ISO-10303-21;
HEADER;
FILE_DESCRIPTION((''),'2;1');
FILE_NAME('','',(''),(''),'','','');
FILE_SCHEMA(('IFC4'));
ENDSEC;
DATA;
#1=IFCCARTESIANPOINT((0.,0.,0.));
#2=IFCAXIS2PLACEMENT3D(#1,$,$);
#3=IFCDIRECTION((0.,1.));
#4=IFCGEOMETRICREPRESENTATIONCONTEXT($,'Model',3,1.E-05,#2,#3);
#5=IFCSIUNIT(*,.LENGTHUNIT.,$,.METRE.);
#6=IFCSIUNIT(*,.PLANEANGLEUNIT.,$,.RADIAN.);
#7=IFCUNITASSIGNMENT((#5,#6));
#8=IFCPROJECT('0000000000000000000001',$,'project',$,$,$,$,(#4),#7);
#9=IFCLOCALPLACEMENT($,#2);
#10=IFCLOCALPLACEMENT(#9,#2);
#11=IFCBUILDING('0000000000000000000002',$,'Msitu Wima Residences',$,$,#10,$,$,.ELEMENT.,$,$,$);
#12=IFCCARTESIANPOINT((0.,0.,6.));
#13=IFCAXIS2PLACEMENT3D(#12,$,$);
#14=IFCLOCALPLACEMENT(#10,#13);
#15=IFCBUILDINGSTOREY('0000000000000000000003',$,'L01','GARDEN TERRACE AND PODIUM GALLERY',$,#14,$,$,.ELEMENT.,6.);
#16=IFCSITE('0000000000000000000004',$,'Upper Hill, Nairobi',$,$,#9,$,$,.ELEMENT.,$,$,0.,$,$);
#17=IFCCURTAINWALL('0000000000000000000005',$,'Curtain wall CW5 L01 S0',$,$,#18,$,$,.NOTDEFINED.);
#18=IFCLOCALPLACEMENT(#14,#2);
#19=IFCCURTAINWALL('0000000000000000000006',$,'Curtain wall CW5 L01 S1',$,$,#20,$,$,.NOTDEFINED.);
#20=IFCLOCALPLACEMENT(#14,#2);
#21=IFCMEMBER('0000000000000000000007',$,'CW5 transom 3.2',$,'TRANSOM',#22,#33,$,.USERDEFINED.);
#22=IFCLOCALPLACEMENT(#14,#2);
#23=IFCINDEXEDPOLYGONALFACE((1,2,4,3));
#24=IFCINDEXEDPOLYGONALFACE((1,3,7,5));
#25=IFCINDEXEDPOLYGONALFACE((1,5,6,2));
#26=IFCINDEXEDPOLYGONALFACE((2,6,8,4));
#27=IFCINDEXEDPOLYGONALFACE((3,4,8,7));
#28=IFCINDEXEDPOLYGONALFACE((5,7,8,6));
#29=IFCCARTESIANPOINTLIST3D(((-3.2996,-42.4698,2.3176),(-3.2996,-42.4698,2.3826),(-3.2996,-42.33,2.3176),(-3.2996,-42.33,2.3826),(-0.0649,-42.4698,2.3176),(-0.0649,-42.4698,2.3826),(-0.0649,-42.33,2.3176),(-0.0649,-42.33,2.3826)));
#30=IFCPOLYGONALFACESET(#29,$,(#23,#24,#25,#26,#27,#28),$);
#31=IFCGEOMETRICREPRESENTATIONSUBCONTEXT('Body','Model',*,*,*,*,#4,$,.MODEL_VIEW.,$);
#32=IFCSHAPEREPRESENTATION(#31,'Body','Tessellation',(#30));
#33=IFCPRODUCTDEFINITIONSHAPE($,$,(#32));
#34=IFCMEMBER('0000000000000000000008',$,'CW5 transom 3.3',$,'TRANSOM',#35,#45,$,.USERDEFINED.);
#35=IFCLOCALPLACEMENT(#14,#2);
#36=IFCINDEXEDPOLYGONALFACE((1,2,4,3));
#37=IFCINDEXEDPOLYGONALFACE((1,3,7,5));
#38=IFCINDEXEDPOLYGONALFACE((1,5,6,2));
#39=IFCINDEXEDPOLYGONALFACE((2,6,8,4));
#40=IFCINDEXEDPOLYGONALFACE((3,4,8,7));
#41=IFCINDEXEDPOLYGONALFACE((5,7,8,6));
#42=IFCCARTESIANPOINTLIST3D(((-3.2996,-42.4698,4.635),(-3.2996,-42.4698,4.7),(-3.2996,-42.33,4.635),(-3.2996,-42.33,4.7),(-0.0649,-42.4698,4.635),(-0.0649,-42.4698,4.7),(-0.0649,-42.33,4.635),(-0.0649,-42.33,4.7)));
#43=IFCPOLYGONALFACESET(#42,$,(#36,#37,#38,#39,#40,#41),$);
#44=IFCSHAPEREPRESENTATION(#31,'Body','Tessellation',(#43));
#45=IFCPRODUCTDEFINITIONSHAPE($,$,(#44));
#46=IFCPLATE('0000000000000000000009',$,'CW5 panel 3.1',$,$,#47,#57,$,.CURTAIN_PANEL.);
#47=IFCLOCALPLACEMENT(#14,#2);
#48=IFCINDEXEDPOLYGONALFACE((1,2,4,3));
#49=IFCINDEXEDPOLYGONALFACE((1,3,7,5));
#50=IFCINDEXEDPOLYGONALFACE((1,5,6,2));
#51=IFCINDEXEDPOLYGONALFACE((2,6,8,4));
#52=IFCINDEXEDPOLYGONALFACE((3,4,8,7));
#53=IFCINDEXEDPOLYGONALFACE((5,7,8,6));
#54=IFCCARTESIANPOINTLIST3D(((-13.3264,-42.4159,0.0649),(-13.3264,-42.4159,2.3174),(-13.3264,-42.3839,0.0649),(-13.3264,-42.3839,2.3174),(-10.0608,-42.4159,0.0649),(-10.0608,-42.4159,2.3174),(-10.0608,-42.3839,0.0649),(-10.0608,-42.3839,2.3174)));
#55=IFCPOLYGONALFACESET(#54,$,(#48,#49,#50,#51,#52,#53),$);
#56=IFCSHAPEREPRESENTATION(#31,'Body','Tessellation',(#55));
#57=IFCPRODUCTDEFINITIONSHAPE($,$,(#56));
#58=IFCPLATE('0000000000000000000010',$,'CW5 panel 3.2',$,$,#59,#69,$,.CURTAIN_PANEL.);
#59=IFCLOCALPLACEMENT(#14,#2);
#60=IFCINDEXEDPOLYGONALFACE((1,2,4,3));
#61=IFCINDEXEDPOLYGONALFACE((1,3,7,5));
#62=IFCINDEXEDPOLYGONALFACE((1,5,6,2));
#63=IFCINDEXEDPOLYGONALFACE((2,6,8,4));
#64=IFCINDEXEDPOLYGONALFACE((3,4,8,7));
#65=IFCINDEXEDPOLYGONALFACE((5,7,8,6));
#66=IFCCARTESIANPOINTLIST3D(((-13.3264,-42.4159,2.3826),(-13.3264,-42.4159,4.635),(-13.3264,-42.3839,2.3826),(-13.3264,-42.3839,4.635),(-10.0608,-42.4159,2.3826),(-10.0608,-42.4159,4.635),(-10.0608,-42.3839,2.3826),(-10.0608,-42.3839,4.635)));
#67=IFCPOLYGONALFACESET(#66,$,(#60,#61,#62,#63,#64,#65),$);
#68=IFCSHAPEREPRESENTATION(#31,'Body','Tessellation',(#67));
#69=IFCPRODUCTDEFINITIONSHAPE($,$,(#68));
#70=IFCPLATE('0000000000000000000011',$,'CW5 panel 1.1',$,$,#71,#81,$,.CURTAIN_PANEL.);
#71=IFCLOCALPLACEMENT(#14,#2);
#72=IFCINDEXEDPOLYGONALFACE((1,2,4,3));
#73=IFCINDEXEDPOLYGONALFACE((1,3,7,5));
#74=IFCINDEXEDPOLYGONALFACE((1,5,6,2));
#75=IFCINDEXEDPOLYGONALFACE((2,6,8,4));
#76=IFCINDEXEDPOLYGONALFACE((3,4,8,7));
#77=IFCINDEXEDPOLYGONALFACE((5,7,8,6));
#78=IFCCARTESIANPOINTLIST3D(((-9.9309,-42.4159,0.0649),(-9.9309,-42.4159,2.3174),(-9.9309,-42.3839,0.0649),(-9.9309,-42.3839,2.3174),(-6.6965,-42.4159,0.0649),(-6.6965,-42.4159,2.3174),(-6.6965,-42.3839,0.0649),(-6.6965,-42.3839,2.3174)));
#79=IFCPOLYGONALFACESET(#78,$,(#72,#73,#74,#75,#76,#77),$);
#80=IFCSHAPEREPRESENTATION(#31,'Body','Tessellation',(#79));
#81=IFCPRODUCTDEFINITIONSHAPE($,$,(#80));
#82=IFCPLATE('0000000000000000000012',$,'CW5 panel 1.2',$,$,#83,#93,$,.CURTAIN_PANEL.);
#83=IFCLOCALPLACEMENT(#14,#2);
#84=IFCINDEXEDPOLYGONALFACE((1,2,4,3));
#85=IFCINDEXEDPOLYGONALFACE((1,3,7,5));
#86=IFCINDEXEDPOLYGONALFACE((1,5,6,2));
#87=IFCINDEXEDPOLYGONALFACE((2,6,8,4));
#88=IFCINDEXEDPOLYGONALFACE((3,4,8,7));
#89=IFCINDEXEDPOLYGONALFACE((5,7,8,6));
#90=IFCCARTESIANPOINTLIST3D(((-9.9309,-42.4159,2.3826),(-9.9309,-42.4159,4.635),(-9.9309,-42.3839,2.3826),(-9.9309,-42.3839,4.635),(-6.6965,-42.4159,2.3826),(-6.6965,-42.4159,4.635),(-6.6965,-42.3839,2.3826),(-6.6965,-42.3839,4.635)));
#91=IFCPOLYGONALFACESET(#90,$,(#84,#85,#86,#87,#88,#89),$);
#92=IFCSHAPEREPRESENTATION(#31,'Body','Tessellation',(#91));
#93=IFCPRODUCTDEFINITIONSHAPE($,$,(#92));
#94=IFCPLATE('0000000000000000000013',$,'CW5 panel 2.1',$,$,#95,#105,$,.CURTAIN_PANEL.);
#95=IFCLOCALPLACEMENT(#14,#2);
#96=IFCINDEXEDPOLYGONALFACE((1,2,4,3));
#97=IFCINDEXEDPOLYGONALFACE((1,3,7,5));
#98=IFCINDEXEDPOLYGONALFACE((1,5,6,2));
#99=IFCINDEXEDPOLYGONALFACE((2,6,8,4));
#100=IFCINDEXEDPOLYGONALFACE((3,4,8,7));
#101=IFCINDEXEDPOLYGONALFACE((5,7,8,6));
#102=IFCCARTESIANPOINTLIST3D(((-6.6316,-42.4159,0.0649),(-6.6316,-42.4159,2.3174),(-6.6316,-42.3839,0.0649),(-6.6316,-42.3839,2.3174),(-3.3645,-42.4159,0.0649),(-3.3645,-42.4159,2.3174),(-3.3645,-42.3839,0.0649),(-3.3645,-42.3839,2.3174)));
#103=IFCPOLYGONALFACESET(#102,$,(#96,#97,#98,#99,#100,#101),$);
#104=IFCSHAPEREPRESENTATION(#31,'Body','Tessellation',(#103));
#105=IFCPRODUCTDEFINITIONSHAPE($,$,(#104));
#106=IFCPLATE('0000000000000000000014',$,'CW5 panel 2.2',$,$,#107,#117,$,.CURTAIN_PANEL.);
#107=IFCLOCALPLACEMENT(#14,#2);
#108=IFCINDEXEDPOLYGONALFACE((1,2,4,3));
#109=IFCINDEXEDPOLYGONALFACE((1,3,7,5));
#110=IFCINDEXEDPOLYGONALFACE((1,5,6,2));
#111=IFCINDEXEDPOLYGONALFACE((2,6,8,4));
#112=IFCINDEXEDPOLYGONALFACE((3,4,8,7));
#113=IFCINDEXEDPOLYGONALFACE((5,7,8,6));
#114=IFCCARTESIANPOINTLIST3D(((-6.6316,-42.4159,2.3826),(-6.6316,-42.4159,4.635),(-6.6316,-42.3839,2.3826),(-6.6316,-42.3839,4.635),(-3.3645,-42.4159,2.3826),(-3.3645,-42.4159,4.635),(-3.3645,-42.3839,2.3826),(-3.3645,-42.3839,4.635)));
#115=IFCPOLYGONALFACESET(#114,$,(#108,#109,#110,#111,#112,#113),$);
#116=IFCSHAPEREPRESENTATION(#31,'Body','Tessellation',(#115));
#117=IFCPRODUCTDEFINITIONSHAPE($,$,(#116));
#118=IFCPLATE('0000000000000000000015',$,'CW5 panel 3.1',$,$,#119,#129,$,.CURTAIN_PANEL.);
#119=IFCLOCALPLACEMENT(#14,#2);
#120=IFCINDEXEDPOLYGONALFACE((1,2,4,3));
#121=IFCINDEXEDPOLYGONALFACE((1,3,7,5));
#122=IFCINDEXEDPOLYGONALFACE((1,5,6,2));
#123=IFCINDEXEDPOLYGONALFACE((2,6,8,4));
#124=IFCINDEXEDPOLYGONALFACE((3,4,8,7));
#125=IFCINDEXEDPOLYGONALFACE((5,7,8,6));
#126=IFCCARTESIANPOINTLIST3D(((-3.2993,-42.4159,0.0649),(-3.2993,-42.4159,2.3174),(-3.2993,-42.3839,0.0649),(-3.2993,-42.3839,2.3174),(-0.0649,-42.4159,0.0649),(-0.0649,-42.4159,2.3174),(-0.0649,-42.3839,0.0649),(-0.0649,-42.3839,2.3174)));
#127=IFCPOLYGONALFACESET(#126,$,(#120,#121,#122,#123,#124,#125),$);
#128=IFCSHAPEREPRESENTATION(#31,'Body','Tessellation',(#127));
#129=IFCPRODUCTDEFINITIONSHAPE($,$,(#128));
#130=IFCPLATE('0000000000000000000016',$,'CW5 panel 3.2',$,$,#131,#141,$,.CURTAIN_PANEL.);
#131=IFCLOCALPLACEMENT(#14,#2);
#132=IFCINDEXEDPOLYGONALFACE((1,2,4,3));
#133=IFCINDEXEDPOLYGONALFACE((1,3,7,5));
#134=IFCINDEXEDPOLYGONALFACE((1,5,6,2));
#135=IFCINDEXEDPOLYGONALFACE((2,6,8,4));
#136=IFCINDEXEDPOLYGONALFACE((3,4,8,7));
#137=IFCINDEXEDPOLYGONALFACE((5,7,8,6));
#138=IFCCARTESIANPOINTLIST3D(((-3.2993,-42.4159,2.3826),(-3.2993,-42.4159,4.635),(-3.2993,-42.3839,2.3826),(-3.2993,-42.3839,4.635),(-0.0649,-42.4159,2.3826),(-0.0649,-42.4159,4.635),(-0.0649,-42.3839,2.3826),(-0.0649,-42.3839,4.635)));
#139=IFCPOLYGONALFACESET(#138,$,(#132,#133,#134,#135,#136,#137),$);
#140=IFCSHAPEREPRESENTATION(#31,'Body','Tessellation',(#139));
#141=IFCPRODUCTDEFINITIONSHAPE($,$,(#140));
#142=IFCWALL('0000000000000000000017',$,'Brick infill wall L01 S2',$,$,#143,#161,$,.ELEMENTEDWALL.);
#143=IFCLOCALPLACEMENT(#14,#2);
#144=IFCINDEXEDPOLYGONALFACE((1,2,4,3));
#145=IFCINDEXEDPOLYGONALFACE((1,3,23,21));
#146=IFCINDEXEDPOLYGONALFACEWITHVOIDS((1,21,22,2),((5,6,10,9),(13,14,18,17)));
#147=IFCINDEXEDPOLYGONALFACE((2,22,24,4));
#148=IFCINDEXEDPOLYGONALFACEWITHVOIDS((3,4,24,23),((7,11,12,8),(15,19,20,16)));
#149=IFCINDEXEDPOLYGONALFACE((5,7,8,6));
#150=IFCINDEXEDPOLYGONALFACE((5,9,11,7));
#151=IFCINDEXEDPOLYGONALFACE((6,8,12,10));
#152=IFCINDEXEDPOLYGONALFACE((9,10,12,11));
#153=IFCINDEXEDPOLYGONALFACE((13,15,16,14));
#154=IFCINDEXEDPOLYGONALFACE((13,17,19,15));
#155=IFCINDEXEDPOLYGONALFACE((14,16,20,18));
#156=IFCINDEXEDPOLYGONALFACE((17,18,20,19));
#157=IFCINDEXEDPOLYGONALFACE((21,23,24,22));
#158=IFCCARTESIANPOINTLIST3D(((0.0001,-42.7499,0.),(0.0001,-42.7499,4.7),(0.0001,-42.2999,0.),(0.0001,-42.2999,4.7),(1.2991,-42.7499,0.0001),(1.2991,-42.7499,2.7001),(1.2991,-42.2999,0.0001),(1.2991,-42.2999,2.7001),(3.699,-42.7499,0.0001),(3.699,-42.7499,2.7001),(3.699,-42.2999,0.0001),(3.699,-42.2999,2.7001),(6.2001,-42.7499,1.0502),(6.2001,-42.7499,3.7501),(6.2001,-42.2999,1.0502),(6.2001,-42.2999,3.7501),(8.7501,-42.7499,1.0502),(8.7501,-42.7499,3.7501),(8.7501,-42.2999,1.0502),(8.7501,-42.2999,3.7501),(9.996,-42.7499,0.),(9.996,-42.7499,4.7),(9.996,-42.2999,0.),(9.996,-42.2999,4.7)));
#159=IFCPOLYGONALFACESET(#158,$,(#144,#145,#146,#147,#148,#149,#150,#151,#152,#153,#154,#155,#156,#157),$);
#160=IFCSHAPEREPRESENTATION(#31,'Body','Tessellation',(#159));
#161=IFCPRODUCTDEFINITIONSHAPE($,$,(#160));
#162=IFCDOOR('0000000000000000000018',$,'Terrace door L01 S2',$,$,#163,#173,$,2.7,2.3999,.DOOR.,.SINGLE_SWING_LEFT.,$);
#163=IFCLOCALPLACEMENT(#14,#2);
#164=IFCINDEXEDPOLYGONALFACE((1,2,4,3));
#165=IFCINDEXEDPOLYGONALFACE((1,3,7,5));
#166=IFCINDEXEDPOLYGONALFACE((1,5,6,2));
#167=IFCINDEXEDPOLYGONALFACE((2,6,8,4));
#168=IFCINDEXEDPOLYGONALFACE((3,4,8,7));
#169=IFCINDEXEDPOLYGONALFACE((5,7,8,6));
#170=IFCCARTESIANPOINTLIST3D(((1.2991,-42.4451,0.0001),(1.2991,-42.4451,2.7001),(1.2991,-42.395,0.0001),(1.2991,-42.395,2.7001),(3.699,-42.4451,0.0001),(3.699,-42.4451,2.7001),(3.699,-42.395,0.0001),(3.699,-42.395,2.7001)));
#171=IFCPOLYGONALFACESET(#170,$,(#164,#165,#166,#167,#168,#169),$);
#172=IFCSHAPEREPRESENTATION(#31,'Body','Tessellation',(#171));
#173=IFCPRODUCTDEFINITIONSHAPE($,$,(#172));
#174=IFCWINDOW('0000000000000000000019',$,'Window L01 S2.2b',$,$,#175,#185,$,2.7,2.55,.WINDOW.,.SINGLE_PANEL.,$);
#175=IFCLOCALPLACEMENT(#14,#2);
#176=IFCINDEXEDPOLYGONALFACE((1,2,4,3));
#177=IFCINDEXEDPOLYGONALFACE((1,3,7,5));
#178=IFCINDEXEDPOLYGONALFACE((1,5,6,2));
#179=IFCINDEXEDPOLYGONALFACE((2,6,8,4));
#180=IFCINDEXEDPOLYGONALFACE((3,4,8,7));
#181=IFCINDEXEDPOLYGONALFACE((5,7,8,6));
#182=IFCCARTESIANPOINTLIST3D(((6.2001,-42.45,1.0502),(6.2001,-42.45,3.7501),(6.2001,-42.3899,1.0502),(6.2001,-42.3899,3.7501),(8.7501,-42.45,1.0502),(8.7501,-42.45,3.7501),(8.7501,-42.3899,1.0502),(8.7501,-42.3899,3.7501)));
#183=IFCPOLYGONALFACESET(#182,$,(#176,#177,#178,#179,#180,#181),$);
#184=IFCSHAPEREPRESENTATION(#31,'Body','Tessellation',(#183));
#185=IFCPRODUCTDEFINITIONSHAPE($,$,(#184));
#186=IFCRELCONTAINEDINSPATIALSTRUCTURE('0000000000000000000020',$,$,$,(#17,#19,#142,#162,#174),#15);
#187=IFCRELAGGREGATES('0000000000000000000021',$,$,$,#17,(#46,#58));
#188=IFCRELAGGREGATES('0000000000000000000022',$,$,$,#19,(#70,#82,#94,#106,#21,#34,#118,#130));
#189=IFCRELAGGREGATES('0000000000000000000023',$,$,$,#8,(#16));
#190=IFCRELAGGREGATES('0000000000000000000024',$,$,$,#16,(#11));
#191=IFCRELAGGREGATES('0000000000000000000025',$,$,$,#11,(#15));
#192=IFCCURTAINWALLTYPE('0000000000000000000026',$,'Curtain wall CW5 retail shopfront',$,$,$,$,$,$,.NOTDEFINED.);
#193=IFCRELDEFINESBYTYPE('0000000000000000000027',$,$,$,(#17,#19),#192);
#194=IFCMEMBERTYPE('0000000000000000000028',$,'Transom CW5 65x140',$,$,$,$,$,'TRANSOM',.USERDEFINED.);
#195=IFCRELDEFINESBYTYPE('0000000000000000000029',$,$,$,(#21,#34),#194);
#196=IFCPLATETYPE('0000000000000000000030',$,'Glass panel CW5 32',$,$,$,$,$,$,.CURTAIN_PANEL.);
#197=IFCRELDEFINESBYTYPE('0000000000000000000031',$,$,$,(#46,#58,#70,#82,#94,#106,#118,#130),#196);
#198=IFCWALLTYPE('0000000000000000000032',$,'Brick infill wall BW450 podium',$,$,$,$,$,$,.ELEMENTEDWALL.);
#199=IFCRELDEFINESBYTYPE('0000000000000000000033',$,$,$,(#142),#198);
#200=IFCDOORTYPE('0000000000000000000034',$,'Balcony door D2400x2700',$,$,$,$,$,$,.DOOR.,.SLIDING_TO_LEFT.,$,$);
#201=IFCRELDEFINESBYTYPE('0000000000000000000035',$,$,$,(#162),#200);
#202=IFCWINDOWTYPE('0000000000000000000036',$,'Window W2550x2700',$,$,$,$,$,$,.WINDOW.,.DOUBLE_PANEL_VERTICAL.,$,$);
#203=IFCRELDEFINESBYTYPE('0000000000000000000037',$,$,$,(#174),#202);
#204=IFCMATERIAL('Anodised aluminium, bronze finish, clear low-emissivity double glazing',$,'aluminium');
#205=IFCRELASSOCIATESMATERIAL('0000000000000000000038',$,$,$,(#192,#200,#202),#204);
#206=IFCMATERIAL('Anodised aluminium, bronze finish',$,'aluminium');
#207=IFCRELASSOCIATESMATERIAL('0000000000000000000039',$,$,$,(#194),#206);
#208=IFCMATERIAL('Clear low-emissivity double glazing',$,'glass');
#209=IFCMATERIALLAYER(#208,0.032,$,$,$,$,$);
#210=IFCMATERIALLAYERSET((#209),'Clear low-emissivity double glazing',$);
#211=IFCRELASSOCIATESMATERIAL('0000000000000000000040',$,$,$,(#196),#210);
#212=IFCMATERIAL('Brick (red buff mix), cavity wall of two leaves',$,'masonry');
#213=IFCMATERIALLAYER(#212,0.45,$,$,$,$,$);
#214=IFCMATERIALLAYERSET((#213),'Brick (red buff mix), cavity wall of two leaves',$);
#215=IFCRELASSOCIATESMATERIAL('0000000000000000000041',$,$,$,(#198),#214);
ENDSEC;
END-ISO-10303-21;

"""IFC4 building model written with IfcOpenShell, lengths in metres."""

from ifc_helpers import new_model, si_unit, direction, frame, frame_2d, origin, origin_2d, place, context, subcontext, project, spatial, rectangle, extrude, material, layer, layer_set, material_profile, profile_set, type_object, element, fill, aggregate, save


model = new_model("IFC4")

# Units and contexts
model_context = context("Model", 3, precision=1e-05, world=origin(), true_north=direction((0.0, 1.0)))
body_context = subcontext(model_context, "Body", "Model", "MODEL_VIEW")
ifc_project = project(units=[si_unit("LENGTHUNIT", "METRE"), si_unit("PLANEANGLEUNIT", "RADIAN")], contexts=[model_context])

# Site, building, storey
site_placement = place(None, origin())
site = spatial("IfcSite", under=ifc_project, at=site_placement, Name="Upper Hill, Nairobi", CompositionType="ELEMENT", RefElevation=0.0)
building_placement = place(site_placement, origin())
building = spatial("IfcBuilding", under=site, at=building_placement, Name="Msitu Wima Residences", CompositionType="ELEMENT")
storey_placement = place(building_placement, frame((0.0, 0.0, 6.0)))
storey = spatial("IfcBuildingStorey", under=building, at=storey_placement, Name="L01", Description="GARDEN TERRACE AND PODIUM GALLERY", CompositionType="ELEMENT", Elevation=6.0)

# Curtain wall
ifc_material_1 = material(Name="Anodised aluminium, bronze finish, clear low-emissivity double glazing", Category="aluminium")
curtain_wall_type = type_object("IfcCurtainWallType", Name="Curtain wall CW5 retail shopfront", PredefinedType="NOTDEFINED", material=ifc_material_1)
curtain_wall_1_placement = place(storey_placement, origin())
curtain_wall_1 = element("IfcCurtainWall", 1, at=curtain_wall_1_placement, inside=storey, type_object=curtain_wall_type, Name="Curtain wall CW5 L01 S0", PredefinedType="NOTDEFINED")
ifc_material_2 = material(Name="Anodised aluminium, bronze finish", Category="aluminium")

# Curtain wall
curtain_wall_2_placement = place(storey_placement, origin())
curtain_wall_2 = element("IfcCurtainWall", 2, at=curtain_wall_2_placement, inside=storey, type_object=curtain_wall_type, Name="Curtain wall CW5 L01 S1", PredefinedType="NOTDEFINED")

# Members
ifc_material_profile_1 = material_profile(ifc_material_2, rectangle(XDim=0.1399, YDim=0.0649, at=origin_2d()), Name="Transom 65x140")
ifc_profile_set_1 = profile_set([ifc_material_profile_1], Name="Anodised aluminium, bronze finish")
member_type_1 = type_object("IfcMemberType", Name="Transom CW5 65x140", ElementType="TRANSOM", PredefinedType="USERDEFINED", material=ifc_profile_set_1)
member_1_placement = place(storey_placement, frame((-3.2996, -42.3999, 2.3501), z_axis=(1.0, 0.0, 0.0), x_axis=(0.0, 1.0, 0.0)))
member_1 = element("IfcMember", 3, at=member_1_placement, type_object=member_type_1, Name="CW5 transom 3.2", ObjectType="TRANSOM", PredefinedType="USERDEFINED", context=body_context, shape_type="SweptSolid", body=[
    extrude(rectangle(XDim=0.1399, YDim=0.0649, at=origin_2d()), origin(), (0.0, 0.0, 1.0), 3.2346),
])
member_2_placement = place(storey_placement, frame((-3.2996, -42.3999, 4.6675), z_axis=(1.0, 0.0, 0.0), x_axis=(0.0, 1.0, 0.0)))
member_2 = element("IfcMember", 4, at=member_2_placement, type_object=member_type_1, Name="CW5 transom 3.3", ObjectType="TRANSOM", PredefinedType="USERDEFINED", context=body_context, shape_type="SweptSolid", body=[
    extrude(rectangle(XDim=0.1399, YDim=0.0649, at=origin_2d()), origin(), (0.0, 0.0, 1.0), 3.2346),
])

# Plates
ifc_material_3 = material(Name="Clear low-emissivity double glazing", Category="glass")
ifc_layer_1 = layer(ifc_material_3, 0.032)
ifc_layer_set_1 = layer_set([ifc_layer_1], Name="Clear low-emissivity double glazing")
plate_type = type_object("IfcPlateType", Name="Glass panel CW5 32", PredefinedType="CURTAIN_PANEL", material=ifc_layer_set_1)
plate_1_placement = place(storey_placement, frame((-11.6936, -42.3999, 0.0649), z_axis=(0.0, 0.0, 1.0), x_axis=(1.0, 0.0, 0.0)))
plate_1 = element("IfcPlate", 5, at=plate_1_placement, type_object=plate_type, Name="CW5 panel 3.1", PredefinedType="CURTAIN_PANEL", context=body_context, shape_type="SweptSolid", body=[
    extrude(rectangle(XDim=3.2656, YDim=0.032, at=origin_2d()), origin(), (0.0, 0.0, 1.0), 2.2524),
])
plate_2_placement = place(storey_placement, frame((-11.6936, -42.3999, 2.3826), z_axis=(0.0, 0.0, 1.0), x_axis=(1.0, 0.0, 0.0)))
plate_2 = element("IfcPlate", 6, at=plate_2_placement, type_object=plate_type, Name="CW5 panel 3.2", PredefinedType="CURTAIN_PANEL", context=body_context, shape_type="SweptSolid", body=[
    extrude(rectangle(XDim=3.2656, YDim=0.032, at=origin_2d()), origin(), (0.0, 0.0, 1.0), 2.2524),
])
aggregate(curtain_wall_1, [plate_1, plate_2])
plate_3_placement = place(storey_placement, frame((-8.3137, -42.3999, 0.0649), z_axis=(0.0, 0.0, 1.0), x_axis=(1.0, 0.0, 0.0)))
plate_3 = element("IfcPlate", 7, at=plate_3_placement, type_object=plate_type, Name="CW5 panel 1.1", PredefinedType="CURTAIN_PANEL", context=body_context, shape_type="SweptSolid", body=[
    extrude(rectangle(XDim=3.2344, YDim=0.032, at=origin_2d()), origin(), (0.0, 0.0, 1.0), 2.2524),
])
plate_4_placement = place(storey_placement, frame((-8.3137, -42.3999, 2.3826), z_axis=(0.0, 0.0, 1.0), x_axis=(1.0, 0.0, 0.0)))
plate_4 = element("IfcPlate", 8, at=plate_4_placement, type_object=plate_type, Name="CW5 panel 1.2", PredefinedType="CURTAIN_PANEL", context=body_context, shape_type="SweptSolid", body=[
    extrude(rectangle(XDim=3.2344, YDim=0.032, at=origin_2d()), origin(), (0.0, 0.0, 1.0), 2.2524),
])
plate_5_placement = place(storey_placement, frame((-4.998, -42.3999, 0.0649), z_axis=(0.0, 0.0, 1.0), x_axis=(1.0, 0.0, 0.0)))
plate_5 = element("IfcPlate", 9, at=plate_5_placement, type_object=plate_type, Name="CW5 panel 2.1", PredefinedType="CURTAIN_PANEL", context=body_context, shape_type="SweptSolid", body=[
    extrude(rectangle(XDim=3.2671, YDim=0.032, at=origin_2d()), origin(), (0.0, 0.0, 1.0), 2.2524),
])
plate_6_placement = place(storey_placement, frame((-4.998, -42.3999, 2.3826), z_axis=(0.0, 0.0, 1.0), x_axis=(1.0, 0.0, 0.0)))
plate_6 = element("IfcPlate", 10, at=plate_6_placement, type_object=plate_type, Name="CW5 panel 2.2", PredefinedType="CURTAIN_PANEL", context=body_context, shape_type="SweptSolid", body=[
    extrude(rectangle(XDim=3.2671, YDim=0.032, at=origin_2d()), origin(), (0.0, 0.0, 1.0), 2.2524),
])
plate_7_placement = place(storey_placement, frame((-1.6821, -42.3999, 0.0649), z_axis=(0.0, 0.0, 1.0), x_axis=(1.0, 0.0, 0.0)))
plate_7 = element("IfcPlate", 11, at=plate_7_placement, type_object=plate_type, Name="CW5 panel 3.1", PredefinedType="CURTAIN_PANEL", context=body_context, shape_type="SweptSolid", body=[
    extrude(rectangle(XDim=3.2344, YDim=0.032, at=origin_2d()), origin(), (0.0, 0.0, 1.0), 2.2524),
])
plate_8_placement = place(storey_placement, frame((-1.6821, -42.3999, 2.3826), z_axis=(0.0, 0.0, 1.0), x_axis=(1.0, 0.0, 0.0)))
plate_8 = element("IfcPlate", 12, at=plate_8_placement, type_object=plate_type, Name="CW5 panel 3.2", PredefinedType="CURTAIN_PANEL", context=body_context, shape_type="SweptSolid", body=[
    extrude(rectangle(XDim=3.2344, YDim=0.032, at=origin_2d()), origin(), (0.0, 0.0, 1.0), 2.2524),
])
aggregate(curtain_wall_2, [plate_3, plate_4, plate_5, plate_6, member_1, member_2, plate_7, plate_8])

# Wall, openings, door, window
ifc_material_4 = material(Name="Brick (red buff mix), cavity wall of two leaves", Category="masonry")
ifc_layer_2 = layer(ifc_material_4, 0.45)
ifc_layer_set_2 = layer_set([ifc_layer_2], Name="Brick (red buff mix), cavity wall of two leaves")
wall_type_1 = type_object("IfcWallType", Name="Brick infill wall BW450 podium", PredefinedType="ELEMENTEDWALL", material=ifc_layer_set_2)
wall_1_placement = place(storey_placement, frame((0.0, -42.5249, 0.0), z_axis=(0.0, 0.0, 1.0), x_axis=(1.0, 0.0, 0.0)))
wall_1 = element("IfcWall", 13, at=wall_1_placement, inside=storey, type_object=wall_type_1, Name="Brick infill wall L01 S2", PredefinedType="ELEMENTEDWALL", context=body_context, shape_type="SweptSolid", body=[
    extrude(rectangle(XDim=9.9958, YDim=0.45, at=frame_2d((4.998, 0.0))), origin(), (0.0, 0.0, 1.0), 4.7),
])
opening_1_placement = place(wall_1_placement, frame((1.2991, 0.0, 0.0)))
opening_1 = element("IfcOpeningElement", 14, at=opening_1_placement, cuts=wall_1, PredefinedType="OPENING", context=body_context, shape_type="SweptSolid", body=[
    extrude(rectangle(XDim=2.3999, YDim=2.7, at=frame_2d((1.2, 1.3501))), frame((0.0, 0.2349, 0.0), z_axis=(0.0, -1.0, 0.0), x_axis=(1.0, 0.0, 0.0)), (0.0, 0.0, 1.0), 0.47),
])
opening_2_placement = place(wall_1_placement, frame((6.2002, 0.0, 1.05)))
opening_2 = element("IfcOpeningElement", 15, at=opening_2_placement, cuts=wall_1, PredefinedType="OPENING", context=body_context, shape_type="SweptSolid", body=[
    extrude(rectangle(XDim=2.55, YDim=2.7, at=frame_2d((1.2749, 1.3501))), frame((0.0, 0.2349, 0.0), z_axis=(0.0, -1.0, 0.0), x_axis=(1.0, 0.0, 0.0)), (0.0, 0.0, 1.0), 0.47),
])
door_type_1 = type_object("IfcDoorType", Name="Balcony door D2400x2700", OperationType="SLIDING_TO_LEFT", PredefinedType="DOOR", material=ifc_material_1)
door_1_placement = place(opening_1_placement, origin())
door_1 = element("IfcDoor", 16, at=door_1_placement, inside=storey, type_object=door_type_1, Name="Terrace door L01 S2", OperationType="SINGLE_SWING_LEFT", OverallHeight=2.7, OverallWidth=2.3999, PredefinedType="DOOR", context=body_context, shape_type="SweptSolid", body=[
    extrude(rectangle(XDim=2.3999, YDim=2.7, at=frame_2d((1.2, 1.3501))), frame((0.0, 0.1299, 0.0), z_axis=(0.0, -1.0, 0.0), x_axis=(1.0, 0.0, 0.0)), (0.0, 0.0, 1.0), 0.05),
])
fill(opening_1, door_1)
window_type = type_object("IfcWindowType", Name="Window W2550x2700", PartitioningType="DOUBLE_PANEL_VERTICAL", PredefinedType="WINDOW", material=ifc_material_1)
window_placement = place(opening_2_placement, origin())
window = element("IfcWindow", 17, at=window_placement, inside=storey, type_object=window_type, Name="Window L01 S2.2b", OverallHeight=2.7, OverallWidth=2.55, PartitioningType="SINGLE_PANEL", PredefinedType="WINDOW", context=body_context, shape_type="SweptSolid", body=[
    extrude(rectangle(XDim=2.55, YDim=2.7, at=frame_2d((1.2749, 1.3501))), frame((0.0, 0.135, 0.0), z_axis=(0.0, -1.0, 0.0), x_axis=(1.0, 0.0, 0.0)), (0.0, 0.0, 1.0), 0.0601),
])
fill(opening_2, window)

save(model, "model.ifc")
